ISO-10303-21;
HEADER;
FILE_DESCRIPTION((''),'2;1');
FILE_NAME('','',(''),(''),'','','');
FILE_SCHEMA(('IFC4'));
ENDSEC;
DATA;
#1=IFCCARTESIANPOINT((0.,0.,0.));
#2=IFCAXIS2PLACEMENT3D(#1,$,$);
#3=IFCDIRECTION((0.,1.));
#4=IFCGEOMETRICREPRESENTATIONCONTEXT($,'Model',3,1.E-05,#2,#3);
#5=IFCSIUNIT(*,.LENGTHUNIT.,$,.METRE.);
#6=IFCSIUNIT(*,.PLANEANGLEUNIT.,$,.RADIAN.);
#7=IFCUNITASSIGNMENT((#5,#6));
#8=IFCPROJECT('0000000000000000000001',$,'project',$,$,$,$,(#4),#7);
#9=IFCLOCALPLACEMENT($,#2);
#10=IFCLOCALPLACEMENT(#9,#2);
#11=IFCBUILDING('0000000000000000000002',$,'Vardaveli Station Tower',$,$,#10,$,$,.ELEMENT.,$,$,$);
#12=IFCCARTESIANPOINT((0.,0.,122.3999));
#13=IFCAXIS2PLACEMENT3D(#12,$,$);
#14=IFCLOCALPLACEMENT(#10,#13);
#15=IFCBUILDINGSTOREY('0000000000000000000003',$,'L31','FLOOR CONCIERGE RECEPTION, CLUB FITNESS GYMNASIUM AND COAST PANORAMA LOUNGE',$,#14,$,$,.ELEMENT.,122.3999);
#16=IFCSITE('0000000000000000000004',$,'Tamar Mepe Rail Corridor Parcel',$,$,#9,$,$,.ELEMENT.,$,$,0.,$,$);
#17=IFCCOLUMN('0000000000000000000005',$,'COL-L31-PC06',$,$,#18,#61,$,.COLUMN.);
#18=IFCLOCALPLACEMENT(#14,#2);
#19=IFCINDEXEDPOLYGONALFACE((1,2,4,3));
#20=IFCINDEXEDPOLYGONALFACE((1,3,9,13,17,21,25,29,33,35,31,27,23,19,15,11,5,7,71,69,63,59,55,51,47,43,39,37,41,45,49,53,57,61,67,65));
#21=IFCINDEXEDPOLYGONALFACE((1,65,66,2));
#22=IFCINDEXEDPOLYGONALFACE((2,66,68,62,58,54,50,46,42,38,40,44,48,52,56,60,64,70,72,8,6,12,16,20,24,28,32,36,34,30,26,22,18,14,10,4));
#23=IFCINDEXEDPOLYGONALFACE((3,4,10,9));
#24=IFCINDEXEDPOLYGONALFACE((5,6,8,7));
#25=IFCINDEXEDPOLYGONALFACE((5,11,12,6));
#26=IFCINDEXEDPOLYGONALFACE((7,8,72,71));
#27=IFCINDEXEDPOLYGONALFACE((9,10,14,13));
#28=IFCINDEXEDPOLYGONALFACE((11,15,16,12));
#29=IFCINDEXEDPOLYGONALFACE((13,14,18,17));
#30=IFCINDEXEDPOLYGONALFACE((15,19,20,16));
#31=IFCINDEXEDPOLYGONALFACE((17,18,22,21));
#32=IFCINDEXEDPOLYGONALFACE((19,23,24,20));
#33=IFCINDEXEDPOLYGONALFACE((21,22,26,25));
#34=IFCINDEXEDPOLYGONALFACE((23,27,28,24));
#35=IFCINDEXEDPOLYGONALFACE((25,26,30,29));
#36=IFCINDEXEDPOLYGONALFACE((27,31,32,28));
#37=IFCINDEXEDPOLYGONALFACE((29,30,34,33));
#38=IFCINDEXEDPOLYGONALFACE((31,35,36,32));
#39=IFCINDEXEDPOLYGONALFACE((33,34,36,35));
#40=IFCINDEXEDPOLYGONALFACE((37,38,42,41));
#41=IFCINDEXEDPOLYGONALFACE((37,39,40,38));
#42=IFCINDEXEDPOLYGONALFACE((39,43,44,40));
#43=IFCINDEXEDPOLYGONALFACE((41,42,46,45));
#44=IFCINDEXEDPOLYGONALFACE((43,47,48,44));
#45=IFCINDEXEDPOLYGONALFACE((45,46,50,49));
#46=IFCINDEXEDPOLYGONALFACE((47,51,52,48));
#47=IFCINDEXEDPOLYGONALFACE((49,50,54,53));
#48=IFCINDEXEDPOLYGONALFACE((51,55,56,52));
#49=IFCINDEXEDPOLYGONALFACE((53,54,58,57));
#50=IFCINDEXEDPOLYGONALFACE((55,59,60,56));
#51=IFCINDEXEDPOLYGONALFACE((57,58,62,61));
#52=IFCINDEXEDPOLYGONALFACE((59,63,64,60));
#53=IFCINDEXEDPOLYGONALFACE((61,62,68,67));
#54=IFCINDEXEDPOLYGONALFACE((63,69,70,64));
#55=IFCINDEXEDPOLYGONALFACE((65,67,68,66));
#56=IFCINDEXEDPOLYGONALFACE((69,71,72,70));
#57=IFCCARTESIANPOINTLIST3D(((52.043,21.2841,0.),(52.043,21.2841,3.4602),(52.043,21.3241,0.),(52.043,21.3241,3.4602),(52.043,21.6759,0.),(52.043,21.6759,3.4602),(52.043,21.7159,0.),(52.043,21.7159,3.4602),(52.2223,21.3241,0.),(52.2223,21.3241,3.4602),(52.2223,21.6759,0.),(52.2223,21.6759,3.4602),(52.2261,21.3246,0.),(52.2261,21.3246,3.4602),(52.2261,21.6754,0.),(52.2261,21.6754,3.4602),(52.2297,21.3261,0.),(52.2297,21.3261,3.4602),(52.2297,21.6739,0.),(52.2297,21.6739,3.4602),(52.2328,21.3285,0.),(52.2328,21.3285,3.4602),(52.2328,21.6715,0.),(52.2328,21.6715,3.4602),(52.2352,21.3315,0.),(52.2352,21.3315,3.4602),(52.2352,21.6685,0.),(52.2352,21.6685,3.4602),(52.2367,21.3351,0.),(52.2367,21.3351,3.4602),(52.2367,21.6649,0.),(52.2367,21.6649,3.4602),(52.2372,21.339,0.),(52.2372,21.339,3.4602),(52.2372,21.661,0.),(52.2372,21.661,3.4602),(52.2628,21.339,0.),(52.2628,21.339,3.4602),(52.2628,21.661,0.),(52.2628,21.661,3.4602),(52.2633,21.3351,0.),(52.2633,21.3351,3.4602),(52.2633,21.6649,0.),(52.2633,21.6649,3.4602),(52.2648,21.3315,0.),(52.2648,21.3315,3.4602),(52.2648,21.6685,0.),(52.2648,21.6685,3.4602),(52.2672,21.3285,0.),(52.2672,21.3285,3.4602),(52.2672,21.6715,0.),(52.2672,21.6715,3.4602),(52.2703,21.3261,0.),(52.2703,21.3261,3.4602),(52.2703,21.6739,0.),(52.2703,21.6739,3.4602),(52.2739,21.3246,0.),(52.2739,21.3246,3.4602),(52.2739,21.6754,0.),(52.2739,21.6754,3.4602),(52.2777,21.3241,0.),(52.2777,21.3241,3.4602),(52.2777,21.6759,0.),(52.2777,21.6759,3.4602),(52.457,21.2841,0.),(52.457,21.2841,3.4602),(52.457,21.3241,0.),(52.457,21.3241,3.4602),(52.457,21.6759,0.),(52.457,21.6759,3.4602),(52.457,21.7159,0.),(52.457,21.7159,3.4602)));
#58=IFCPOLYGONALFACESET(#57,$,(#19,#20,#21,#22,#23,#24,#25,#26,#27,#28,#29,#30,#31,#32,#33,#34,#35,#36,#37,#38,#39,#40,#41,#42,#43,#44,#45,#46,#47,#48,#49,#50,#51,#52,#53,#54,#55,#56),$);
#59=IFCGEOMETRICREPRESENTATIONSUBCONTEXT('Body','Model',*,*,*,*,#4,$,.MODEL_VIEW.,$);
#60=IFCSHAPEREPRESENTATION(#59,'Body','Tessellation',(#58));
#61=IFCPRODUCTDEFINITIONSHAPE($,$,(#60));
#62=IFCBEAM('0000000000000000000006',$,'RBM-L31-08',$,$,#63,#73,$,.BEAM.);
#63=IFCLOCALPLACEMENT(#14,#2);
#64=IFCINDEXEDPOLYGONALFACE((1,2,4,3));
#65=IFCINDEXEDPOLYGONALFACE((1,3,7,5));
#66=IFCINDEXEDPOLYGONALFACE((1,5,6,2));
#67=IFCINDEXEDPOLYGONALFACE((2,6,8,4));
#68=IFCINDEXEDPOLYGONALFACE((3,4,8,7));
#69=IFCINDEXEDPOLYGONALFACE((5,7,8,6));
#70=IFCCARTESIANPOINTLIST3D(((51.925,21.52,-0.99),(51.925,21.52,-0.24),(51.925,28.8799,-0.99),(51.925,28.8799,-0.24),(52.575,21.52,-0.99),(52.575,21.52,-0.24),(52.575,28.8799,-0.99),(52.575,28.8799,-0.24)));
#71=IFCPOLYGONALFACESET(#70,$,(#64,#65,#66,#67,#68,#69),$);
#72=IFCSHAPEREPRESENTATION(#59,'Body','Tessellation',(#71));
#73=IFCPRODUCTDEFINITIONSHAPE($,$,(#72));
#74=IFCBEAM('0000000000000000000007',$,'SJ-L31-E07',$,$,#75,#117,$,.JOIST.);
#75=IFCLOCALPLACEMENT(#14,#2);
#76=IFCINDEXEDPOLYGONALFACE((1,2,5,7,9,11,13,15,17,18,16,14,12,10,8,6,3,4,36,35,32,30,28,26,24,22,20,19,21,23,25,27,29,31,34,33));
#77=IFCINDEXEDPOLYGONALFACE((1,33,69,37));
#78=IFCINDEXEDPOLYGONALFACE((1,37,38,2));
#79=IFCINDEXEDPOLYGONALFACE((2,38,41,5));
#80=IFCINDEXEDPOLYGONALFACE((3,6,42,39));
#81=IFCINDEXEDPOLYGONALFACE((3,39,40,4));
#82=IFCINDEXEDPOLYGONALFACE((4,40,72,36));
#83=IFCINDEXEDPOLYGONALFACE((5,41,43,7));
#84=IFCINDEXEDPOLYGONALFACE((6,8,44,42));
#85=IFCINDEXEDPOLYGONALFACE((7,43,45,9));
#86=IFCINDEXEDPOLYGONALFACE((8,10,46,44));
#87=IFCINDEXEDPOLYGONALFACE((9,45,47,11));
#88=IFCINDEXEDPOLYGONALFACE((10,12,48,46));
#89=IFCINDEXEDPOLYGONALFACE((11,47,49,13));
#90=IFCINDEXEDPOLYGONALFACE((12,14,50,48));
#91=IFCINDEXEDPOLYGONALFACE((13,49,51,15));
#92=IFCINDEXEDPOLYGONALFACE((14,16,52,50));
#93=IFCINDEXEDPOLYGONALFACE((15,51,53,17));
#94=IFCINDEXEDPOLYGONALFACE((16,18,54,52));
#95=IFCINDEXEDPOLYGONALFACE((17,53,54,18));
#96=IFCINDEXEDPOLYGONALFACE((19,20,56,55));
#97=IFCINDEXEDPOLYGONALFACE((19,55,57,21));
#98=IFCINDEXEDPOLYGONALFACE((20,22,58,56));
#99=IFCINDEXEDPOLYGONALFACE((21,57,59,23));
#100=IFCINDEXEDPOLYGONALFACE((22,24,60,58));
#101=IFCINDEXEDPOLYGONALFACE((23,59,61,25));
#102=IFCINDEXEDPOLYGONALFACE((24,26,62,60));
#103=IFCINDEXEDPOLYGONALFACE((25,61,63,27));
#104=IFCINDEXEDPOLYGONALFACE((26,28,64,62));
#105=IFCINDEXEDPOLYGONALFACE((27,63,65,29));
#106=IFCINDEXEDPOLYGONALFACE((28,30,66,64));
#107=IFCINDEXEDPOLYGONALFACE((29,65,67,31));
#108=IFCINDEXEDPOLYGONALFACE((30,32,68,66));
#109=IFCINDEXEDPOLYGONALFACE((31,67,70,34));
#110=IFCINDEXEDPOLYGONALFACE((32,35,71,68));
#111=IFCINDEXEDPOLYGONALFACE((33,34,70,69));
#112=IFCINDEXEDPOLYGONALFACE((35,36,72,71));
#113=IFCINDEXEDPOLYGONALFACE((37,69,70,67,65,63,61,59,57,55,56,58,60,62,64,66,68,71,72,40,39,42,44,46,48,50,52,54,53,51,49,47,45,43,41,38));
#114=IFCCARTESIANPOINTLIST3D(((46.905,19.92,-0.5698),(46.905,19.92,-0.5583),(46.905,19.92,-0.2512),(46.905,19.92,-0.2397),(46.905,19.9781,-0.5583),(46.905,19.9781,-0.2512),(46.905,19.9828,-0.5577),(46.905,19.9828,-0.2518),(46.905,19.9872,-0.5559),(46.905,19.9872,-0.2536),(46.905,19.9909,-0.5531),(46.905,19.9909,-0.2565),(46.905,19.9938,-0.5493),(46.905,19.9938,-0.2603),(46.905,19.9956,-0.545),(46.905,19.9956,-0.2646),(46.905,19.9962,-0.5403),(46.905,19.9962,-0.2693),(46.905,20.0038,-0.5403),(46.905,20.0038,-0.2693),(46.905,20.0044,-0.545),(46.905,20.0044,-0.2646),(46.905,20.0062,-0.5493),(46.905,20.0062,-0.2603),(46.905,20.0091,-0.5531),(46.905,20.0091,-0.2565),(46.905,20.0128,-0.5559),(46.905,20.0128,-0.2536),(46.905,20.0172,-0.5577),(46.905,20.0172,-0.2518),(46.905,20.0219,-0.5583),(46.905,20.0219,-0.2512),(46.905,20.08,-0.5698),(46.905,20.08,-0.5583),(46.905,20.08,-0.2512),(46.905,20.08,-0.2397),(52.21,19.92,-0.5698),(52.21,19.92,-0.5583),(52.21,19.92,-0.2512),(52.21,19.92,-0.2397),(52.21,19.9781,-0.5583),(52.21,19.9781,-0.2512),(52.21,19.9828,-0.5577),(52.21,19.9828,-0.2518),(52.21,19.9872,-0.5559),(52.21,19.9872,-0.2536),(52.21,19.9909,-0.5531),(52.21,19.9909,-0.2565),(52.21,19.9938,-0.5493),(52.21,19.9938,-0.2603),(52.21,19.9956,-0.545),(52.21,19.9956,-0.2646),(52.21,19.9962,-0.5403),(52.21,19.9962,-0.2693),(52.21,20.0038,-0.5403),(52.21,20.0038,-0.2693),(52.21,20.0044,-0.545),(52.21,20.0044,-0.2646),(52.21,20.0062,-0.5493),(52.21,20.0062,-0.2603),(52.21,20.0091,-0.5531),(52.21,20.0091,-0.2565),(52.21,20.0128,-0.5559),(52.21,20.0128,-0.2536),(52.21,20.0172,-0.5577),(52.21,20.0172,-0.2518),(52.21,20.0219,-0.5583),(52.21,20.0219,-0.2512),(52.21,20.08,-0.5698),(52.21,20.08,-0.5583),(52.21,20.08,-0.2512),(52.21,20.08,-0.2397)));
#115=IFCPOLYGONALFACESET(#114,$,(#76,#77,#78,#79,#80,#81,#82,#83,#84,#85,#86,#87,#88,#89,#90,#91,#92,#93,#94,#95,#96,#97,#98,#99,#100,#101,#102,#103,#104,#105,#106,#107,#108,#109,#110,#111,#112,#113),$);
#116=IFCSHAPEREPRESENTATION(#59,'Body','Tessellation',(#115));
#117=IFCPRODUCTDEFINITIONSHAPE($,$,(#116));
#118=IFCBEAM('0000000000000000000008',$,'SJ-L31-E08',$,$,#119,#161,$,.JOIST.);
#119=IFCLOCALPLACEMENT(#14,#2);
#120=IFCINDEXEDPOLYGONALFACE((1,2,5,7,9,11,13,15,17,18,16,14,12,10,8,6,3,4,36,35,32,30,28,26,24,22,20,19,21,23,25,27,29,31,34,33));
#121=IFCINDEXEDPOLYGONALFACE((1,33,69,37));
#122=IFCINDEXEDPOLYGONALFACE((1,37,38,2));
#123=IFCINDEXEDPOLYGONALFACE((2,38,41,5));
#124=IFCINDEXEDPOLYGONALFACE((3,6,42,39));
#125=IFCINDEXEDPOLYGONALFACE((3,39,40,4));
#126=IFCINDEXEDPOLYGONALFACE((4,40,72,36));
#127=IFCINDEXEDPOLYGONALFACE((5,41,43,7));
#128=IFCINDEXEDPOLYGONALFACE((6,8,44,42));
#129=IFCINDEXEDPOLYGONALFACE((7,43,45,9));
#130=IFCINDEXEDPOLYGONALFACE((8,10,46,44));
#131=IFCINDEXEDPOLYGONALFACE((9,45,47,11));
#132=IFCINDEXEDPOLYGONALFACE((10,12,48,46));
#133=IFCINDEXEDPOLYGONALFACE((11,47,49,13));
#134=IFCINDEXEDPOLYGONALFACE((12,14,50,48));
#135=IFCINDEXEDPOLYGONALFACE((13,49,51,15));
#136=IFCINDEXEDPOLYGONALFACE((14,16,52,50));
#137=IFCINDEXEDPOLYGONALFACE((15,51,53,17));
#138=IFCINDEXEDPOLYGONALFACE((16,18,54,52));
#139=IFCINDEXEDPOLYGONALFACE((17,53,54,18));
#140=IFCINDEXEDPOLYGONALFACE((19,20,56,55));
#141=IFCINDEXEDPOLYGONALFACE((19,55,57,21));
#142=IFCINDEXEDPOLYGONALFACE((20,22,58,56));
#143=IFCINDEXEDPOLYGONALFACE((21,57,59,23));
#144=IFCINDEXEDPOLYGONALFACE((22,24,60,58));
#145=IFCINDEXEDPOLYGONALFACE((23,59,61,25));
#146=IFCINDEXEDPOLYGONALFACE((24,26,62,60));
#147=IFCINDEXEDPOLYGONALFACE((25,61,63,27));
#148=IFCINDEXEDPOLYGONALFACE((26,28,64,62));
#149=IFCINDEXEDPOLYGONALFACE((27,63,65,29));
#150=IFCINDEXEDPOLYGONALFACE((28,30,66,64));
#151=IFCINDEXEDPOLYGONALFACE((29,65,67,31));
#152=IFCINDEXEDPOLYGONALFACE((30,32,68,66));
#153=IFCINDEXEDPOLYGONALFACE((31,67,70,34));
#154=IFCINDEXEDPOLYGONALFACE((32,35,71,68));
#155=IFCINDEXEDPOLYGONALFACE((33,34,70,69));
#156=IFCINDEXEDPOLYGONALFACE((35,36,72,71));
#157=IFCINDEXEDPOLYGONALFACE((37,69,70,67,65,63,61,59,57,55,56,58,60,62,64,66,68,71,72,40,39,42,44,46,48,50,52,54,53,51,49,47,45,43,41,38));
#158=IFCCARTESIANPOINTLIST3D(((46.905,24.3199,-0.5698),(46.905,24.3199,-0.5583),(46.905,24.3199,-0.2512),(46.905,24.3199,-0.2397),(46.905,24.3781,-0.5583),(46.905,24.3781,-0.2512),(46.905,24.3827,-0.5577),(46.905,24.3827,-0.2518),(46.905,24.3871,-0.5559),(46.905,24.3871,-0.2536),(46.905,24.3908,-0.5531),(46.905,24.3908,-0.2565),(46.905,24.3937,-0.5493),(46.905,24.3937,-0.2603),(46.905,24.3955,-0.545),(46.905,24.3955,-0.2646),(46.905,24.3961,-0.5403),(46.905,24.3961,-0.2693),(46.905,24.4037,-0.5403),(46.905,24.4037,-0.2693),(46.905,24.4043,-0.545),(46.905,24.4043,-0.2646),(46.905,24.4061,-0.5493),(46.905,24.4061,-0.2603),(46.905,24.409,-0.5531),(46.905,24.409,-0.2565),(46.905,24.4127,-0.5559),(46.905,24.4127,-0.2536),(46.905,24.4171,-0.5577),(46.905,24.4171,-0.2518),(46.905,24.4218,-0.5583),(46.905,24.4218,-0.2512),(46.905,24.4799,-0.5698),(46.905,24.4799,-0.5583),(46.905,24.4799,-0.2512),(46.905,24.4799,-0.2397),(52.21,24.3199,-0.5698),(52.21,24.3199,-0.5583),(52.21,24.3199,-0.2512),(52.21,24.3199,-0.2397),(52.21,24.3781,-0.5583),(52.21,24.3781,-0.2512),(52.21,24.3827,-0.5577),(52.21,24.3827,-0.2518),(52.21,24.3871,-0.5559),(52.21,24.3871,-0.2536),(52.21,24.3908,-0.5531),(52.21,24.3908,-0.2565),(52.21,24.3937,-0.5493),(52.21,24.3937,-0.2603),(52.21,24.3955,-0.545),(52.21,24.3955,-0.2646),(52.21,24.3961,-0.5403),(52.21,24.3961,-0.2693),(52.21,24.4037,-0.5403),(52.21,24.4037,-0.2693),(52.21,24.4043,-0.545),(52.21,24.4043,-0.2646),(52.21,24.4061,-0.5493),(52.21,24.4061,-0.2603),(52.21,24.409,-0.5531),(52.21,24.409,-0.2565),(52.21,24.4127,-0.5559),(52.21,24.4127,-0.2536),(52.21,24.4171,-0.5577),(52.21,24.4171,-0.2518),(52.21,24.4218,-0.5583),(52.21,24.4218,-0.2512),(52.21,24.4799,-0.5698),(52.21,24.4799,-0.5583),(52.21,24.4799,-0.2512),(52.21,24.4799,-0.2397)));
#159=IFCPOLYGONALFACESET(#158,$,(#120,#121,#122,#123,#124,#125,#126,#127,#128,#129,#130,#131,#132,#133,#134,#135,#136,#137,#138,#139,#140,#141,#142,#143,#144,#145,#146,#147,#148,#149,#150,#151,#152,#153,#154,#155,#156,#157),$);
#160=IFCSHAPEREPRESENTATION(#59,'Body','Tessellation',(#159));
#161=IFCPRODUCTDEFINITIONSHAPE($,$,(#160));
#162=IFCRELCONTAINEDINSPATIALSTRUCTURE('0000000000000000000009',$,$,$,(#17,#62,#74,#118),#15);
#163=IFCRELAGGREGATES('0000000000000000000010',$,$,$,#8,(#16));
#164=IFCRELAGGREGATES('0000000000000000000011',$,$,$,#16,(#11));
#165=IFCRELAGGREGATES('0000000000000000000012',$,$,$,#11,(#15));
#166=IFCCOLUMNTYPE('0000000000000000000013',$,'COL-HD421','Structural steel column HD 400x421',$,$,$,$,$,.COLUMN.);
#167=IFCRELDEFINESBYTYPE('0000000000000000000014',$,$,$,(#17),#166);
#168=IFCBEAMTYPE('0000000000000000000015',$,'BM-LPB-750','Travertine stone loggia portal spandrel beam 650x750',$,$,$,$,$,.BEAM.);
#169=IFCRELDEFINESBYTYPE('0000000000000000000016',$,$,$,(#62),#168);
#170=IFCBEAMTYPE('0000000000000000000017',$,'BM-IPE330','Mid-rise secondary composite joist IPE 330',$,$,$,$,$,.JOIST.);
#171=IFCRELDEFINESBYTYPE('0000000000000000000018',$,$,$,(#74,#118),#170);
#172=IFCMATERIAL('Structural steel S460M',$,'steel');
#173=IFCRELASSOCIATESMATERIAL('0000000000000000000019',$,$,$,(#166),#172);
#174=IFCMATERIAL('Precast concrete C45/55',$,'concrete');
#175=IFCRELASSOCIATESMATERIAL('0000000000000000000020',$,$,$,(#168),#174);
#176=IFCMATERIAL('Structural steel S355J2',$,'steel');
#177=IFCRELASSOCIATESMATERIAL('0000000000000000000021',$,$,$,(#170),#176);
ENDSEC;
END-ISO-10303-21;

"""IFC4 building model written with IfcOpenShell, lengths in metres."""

from ifc_helpers import new_model, si_unit, direction, frame, origin, origin_2d, place, context, subcontext, project, spatial, rectangle, i_section, extrude, source, transform, mapped, material, material_profile, profile_set, type_object, element, save


model = new_model("IFC4")

# Units and contexts
model_context = context("Model", 3, precision=1e-05, world=origin(), true_north=direction((0.0, 1.0)))
body_context = subcontext(model_context, "Body", "Model", "MODEL_VIEW")
ifc_project = project(units=[si_unit("LENGTHUNIT", "METRE"), si_unit("PLANEANGLEUNIT", "RADIAN")], contexts=[model_context])

# Site, building, storey
site_placement = place(None, origin())
site = spatial("IfcSite", under=ifc_project, at=site_placement, Name="Tamar Mepe Rail Corridor Parcel", CompositionType="ELEMENT", RefElevation=0.0)
building_placement = place(site_placement, origin())
building = spatial("IfcBuilding", under=site, at=building_placement, Name="Vardaveli Station Tower", CompositionType="ELEMENT")
storey_placement = place(building_placement, frame((0.0, 0.0, 122.3999)))
storey = spatial("IfcBuildingStorey", under=building, at=storey_placement, Name="L31", Description="FLOOR CONCIERGE RECEPTION, CLUB FITNESS GYMNASIUM AND COAST PANORAMA LOUNGE", CompositionType="ELEMENT", Elevation=122.3999)

# Column
ifc_material_1 = material(Name="Structural steel S460M", Category="steel")
ifc_material_profile_1 = material_profile(ifc_material_1, i_section(OverallWidth=0.4141, OverallDepth=0.4319, WebThickness=0.0256, FlangeThickness=0.04, FilletRadius=0.0149, at=origin_2d()), Name="HD 400x421")
ifc_profile_set_1 = profile_set([ifc_material_profile_1], Name="Structural steel S460M")
column_type = type_object("IfcColumnType", Name="COL-HD421", Description="Structural steel column HD 400x421", PredefinedType="COLUMN", material=ifc_profile_set_1)
shared_shape_1 = source(origin(), body_context, "Body", "SweptSolid", [
    extrude(i_section(OverallWidth=0.4141, OverallDepth=0.4319, WebThickness=0.0256, FlangeThickness=0.04, FilletRadius=0.0149, at=origin_2d()), origin(), (0.0, 0.0, 1.0), 3.4602),
])
column_placement = place(storey_placement, frame((52.25, 21.5, 0.0), z_axis=(0.0, 0.0, 1.0), x_axis=(1.0, 0.0, 0.0)))
element("IfcColumn", 1, at=column_placement, inside=storey, type_object=column_type, Name="COL-L31-PC06", PredefinedType="COLUMN", context=body_context, shape_type="MappedRepresentation", body=[
    mapped(shared_shape_1, transform((0.0, 0.0, 0.0), scale=1.0)),
])

# Beams
ifc_material_2 = material(Name="Precast concrete C45/55", Category="concrete")
ifc_material_profile_2 = material_profile(ifc_material_2, rectangle(XDim=0.6499, YDim=0.75, at=origin_2d()), Name="LPB 650x750")
ifc_profile_set_2 = profile_set([ifc_material_profile_2], Name="Precast concrete C45/55")
beam_type_1 = type_object("IfcBeamType", Name="BM-LPB-750", Description="Travertine stone loggia portal spandrel beam 650x750", PredefinedType="BEAM", material=ifc_profile_set_2)
shared_shape_2 = source(origin(), body_context, "Body", "SweptSolid", [
    extrude(rectangle(XDim=0.6499, YDim=0.75, at=origin_2d()), origin(), (0.0, 0.0, 1.0), 7.3599),
])
beam_1_placement = place(storey_placement, frame((52.25, 21.52, -0.615), z_axis=(0.0, 1.0, 0.0), x_axis=(-1.0, 0.0, 0.0)))
element("IfcBeam", 2, at=beam_1_placement, inside=storey, type_object=beam_type_1, Name="RBM-L31-08", PredefinedType="BEAM", context=body_context, shape_type="MappedRepresentation", body=[
    mapped(shared_shape_2, transform((0.0, 0.0, 0.0), scale=1.0)),
])
ifc_material_3 = material(Name="Structural steel S355J2", Category="steel")
ifc_material_profile_3 = material_profile(ifc_material_3, i_section(OverallWidth=0.1599, OverallDepth=0.3301, WebThickness=0.0076, FlangeThickness=0.0115, FilletRadius=0.0181, at=origin_2d()), Name="IPE 330")
ifc_profile_set_3 = profile_set([ifc_material_profile_3], Name="Structural steel S355J2")
beam_type_2 = type_object("IfcBeamType", Name="BM-IPE330", Description="Mid-rise secondary composite joist IPE 330", PredefinedType="JOIST", material=ifc_profile_set_3)
shared_shape_3 = source(origin(), body_context, "Body", "SweptSolid", [
    extrude(i_section(OverallWidth=0.1599, OverallDepth=0.3301, WebThickness=0.0076, FlangeThickness=0.0115, FilletRadius=0.0181, at=origin_2d()), origin(), (0.0, 0.0, 1.0), 5.3049),
])
for number, where, z_axis, x_axis, name in (
    (3, (46.905, 20.0, -0.4048), (1.0, 0.0, 0.0), (0.0, 1.0, 0.0), "SJ-L31-E07"),
    (4, (46.905, 24.3999, -0.4048), (1.0, 0.0, 0.0), (0.0, 1.0, 0.0), "SJ-L31-E08"),
):
    element("IfcBeam", number, at=place(storey_placement, frame(where, z_axis=z_axis, x_axis=x_axis)), inside=storey, type_object=beam_type_2, Name=name, PredefinedType="JOIST", context=body_context, shape_type="MappedRepresentation", body=[
        mapped(shared_shape_3, transform((0.0, 0.0, 0.0), scale=1.0)),
    ])

save(model, "model.ifc")
